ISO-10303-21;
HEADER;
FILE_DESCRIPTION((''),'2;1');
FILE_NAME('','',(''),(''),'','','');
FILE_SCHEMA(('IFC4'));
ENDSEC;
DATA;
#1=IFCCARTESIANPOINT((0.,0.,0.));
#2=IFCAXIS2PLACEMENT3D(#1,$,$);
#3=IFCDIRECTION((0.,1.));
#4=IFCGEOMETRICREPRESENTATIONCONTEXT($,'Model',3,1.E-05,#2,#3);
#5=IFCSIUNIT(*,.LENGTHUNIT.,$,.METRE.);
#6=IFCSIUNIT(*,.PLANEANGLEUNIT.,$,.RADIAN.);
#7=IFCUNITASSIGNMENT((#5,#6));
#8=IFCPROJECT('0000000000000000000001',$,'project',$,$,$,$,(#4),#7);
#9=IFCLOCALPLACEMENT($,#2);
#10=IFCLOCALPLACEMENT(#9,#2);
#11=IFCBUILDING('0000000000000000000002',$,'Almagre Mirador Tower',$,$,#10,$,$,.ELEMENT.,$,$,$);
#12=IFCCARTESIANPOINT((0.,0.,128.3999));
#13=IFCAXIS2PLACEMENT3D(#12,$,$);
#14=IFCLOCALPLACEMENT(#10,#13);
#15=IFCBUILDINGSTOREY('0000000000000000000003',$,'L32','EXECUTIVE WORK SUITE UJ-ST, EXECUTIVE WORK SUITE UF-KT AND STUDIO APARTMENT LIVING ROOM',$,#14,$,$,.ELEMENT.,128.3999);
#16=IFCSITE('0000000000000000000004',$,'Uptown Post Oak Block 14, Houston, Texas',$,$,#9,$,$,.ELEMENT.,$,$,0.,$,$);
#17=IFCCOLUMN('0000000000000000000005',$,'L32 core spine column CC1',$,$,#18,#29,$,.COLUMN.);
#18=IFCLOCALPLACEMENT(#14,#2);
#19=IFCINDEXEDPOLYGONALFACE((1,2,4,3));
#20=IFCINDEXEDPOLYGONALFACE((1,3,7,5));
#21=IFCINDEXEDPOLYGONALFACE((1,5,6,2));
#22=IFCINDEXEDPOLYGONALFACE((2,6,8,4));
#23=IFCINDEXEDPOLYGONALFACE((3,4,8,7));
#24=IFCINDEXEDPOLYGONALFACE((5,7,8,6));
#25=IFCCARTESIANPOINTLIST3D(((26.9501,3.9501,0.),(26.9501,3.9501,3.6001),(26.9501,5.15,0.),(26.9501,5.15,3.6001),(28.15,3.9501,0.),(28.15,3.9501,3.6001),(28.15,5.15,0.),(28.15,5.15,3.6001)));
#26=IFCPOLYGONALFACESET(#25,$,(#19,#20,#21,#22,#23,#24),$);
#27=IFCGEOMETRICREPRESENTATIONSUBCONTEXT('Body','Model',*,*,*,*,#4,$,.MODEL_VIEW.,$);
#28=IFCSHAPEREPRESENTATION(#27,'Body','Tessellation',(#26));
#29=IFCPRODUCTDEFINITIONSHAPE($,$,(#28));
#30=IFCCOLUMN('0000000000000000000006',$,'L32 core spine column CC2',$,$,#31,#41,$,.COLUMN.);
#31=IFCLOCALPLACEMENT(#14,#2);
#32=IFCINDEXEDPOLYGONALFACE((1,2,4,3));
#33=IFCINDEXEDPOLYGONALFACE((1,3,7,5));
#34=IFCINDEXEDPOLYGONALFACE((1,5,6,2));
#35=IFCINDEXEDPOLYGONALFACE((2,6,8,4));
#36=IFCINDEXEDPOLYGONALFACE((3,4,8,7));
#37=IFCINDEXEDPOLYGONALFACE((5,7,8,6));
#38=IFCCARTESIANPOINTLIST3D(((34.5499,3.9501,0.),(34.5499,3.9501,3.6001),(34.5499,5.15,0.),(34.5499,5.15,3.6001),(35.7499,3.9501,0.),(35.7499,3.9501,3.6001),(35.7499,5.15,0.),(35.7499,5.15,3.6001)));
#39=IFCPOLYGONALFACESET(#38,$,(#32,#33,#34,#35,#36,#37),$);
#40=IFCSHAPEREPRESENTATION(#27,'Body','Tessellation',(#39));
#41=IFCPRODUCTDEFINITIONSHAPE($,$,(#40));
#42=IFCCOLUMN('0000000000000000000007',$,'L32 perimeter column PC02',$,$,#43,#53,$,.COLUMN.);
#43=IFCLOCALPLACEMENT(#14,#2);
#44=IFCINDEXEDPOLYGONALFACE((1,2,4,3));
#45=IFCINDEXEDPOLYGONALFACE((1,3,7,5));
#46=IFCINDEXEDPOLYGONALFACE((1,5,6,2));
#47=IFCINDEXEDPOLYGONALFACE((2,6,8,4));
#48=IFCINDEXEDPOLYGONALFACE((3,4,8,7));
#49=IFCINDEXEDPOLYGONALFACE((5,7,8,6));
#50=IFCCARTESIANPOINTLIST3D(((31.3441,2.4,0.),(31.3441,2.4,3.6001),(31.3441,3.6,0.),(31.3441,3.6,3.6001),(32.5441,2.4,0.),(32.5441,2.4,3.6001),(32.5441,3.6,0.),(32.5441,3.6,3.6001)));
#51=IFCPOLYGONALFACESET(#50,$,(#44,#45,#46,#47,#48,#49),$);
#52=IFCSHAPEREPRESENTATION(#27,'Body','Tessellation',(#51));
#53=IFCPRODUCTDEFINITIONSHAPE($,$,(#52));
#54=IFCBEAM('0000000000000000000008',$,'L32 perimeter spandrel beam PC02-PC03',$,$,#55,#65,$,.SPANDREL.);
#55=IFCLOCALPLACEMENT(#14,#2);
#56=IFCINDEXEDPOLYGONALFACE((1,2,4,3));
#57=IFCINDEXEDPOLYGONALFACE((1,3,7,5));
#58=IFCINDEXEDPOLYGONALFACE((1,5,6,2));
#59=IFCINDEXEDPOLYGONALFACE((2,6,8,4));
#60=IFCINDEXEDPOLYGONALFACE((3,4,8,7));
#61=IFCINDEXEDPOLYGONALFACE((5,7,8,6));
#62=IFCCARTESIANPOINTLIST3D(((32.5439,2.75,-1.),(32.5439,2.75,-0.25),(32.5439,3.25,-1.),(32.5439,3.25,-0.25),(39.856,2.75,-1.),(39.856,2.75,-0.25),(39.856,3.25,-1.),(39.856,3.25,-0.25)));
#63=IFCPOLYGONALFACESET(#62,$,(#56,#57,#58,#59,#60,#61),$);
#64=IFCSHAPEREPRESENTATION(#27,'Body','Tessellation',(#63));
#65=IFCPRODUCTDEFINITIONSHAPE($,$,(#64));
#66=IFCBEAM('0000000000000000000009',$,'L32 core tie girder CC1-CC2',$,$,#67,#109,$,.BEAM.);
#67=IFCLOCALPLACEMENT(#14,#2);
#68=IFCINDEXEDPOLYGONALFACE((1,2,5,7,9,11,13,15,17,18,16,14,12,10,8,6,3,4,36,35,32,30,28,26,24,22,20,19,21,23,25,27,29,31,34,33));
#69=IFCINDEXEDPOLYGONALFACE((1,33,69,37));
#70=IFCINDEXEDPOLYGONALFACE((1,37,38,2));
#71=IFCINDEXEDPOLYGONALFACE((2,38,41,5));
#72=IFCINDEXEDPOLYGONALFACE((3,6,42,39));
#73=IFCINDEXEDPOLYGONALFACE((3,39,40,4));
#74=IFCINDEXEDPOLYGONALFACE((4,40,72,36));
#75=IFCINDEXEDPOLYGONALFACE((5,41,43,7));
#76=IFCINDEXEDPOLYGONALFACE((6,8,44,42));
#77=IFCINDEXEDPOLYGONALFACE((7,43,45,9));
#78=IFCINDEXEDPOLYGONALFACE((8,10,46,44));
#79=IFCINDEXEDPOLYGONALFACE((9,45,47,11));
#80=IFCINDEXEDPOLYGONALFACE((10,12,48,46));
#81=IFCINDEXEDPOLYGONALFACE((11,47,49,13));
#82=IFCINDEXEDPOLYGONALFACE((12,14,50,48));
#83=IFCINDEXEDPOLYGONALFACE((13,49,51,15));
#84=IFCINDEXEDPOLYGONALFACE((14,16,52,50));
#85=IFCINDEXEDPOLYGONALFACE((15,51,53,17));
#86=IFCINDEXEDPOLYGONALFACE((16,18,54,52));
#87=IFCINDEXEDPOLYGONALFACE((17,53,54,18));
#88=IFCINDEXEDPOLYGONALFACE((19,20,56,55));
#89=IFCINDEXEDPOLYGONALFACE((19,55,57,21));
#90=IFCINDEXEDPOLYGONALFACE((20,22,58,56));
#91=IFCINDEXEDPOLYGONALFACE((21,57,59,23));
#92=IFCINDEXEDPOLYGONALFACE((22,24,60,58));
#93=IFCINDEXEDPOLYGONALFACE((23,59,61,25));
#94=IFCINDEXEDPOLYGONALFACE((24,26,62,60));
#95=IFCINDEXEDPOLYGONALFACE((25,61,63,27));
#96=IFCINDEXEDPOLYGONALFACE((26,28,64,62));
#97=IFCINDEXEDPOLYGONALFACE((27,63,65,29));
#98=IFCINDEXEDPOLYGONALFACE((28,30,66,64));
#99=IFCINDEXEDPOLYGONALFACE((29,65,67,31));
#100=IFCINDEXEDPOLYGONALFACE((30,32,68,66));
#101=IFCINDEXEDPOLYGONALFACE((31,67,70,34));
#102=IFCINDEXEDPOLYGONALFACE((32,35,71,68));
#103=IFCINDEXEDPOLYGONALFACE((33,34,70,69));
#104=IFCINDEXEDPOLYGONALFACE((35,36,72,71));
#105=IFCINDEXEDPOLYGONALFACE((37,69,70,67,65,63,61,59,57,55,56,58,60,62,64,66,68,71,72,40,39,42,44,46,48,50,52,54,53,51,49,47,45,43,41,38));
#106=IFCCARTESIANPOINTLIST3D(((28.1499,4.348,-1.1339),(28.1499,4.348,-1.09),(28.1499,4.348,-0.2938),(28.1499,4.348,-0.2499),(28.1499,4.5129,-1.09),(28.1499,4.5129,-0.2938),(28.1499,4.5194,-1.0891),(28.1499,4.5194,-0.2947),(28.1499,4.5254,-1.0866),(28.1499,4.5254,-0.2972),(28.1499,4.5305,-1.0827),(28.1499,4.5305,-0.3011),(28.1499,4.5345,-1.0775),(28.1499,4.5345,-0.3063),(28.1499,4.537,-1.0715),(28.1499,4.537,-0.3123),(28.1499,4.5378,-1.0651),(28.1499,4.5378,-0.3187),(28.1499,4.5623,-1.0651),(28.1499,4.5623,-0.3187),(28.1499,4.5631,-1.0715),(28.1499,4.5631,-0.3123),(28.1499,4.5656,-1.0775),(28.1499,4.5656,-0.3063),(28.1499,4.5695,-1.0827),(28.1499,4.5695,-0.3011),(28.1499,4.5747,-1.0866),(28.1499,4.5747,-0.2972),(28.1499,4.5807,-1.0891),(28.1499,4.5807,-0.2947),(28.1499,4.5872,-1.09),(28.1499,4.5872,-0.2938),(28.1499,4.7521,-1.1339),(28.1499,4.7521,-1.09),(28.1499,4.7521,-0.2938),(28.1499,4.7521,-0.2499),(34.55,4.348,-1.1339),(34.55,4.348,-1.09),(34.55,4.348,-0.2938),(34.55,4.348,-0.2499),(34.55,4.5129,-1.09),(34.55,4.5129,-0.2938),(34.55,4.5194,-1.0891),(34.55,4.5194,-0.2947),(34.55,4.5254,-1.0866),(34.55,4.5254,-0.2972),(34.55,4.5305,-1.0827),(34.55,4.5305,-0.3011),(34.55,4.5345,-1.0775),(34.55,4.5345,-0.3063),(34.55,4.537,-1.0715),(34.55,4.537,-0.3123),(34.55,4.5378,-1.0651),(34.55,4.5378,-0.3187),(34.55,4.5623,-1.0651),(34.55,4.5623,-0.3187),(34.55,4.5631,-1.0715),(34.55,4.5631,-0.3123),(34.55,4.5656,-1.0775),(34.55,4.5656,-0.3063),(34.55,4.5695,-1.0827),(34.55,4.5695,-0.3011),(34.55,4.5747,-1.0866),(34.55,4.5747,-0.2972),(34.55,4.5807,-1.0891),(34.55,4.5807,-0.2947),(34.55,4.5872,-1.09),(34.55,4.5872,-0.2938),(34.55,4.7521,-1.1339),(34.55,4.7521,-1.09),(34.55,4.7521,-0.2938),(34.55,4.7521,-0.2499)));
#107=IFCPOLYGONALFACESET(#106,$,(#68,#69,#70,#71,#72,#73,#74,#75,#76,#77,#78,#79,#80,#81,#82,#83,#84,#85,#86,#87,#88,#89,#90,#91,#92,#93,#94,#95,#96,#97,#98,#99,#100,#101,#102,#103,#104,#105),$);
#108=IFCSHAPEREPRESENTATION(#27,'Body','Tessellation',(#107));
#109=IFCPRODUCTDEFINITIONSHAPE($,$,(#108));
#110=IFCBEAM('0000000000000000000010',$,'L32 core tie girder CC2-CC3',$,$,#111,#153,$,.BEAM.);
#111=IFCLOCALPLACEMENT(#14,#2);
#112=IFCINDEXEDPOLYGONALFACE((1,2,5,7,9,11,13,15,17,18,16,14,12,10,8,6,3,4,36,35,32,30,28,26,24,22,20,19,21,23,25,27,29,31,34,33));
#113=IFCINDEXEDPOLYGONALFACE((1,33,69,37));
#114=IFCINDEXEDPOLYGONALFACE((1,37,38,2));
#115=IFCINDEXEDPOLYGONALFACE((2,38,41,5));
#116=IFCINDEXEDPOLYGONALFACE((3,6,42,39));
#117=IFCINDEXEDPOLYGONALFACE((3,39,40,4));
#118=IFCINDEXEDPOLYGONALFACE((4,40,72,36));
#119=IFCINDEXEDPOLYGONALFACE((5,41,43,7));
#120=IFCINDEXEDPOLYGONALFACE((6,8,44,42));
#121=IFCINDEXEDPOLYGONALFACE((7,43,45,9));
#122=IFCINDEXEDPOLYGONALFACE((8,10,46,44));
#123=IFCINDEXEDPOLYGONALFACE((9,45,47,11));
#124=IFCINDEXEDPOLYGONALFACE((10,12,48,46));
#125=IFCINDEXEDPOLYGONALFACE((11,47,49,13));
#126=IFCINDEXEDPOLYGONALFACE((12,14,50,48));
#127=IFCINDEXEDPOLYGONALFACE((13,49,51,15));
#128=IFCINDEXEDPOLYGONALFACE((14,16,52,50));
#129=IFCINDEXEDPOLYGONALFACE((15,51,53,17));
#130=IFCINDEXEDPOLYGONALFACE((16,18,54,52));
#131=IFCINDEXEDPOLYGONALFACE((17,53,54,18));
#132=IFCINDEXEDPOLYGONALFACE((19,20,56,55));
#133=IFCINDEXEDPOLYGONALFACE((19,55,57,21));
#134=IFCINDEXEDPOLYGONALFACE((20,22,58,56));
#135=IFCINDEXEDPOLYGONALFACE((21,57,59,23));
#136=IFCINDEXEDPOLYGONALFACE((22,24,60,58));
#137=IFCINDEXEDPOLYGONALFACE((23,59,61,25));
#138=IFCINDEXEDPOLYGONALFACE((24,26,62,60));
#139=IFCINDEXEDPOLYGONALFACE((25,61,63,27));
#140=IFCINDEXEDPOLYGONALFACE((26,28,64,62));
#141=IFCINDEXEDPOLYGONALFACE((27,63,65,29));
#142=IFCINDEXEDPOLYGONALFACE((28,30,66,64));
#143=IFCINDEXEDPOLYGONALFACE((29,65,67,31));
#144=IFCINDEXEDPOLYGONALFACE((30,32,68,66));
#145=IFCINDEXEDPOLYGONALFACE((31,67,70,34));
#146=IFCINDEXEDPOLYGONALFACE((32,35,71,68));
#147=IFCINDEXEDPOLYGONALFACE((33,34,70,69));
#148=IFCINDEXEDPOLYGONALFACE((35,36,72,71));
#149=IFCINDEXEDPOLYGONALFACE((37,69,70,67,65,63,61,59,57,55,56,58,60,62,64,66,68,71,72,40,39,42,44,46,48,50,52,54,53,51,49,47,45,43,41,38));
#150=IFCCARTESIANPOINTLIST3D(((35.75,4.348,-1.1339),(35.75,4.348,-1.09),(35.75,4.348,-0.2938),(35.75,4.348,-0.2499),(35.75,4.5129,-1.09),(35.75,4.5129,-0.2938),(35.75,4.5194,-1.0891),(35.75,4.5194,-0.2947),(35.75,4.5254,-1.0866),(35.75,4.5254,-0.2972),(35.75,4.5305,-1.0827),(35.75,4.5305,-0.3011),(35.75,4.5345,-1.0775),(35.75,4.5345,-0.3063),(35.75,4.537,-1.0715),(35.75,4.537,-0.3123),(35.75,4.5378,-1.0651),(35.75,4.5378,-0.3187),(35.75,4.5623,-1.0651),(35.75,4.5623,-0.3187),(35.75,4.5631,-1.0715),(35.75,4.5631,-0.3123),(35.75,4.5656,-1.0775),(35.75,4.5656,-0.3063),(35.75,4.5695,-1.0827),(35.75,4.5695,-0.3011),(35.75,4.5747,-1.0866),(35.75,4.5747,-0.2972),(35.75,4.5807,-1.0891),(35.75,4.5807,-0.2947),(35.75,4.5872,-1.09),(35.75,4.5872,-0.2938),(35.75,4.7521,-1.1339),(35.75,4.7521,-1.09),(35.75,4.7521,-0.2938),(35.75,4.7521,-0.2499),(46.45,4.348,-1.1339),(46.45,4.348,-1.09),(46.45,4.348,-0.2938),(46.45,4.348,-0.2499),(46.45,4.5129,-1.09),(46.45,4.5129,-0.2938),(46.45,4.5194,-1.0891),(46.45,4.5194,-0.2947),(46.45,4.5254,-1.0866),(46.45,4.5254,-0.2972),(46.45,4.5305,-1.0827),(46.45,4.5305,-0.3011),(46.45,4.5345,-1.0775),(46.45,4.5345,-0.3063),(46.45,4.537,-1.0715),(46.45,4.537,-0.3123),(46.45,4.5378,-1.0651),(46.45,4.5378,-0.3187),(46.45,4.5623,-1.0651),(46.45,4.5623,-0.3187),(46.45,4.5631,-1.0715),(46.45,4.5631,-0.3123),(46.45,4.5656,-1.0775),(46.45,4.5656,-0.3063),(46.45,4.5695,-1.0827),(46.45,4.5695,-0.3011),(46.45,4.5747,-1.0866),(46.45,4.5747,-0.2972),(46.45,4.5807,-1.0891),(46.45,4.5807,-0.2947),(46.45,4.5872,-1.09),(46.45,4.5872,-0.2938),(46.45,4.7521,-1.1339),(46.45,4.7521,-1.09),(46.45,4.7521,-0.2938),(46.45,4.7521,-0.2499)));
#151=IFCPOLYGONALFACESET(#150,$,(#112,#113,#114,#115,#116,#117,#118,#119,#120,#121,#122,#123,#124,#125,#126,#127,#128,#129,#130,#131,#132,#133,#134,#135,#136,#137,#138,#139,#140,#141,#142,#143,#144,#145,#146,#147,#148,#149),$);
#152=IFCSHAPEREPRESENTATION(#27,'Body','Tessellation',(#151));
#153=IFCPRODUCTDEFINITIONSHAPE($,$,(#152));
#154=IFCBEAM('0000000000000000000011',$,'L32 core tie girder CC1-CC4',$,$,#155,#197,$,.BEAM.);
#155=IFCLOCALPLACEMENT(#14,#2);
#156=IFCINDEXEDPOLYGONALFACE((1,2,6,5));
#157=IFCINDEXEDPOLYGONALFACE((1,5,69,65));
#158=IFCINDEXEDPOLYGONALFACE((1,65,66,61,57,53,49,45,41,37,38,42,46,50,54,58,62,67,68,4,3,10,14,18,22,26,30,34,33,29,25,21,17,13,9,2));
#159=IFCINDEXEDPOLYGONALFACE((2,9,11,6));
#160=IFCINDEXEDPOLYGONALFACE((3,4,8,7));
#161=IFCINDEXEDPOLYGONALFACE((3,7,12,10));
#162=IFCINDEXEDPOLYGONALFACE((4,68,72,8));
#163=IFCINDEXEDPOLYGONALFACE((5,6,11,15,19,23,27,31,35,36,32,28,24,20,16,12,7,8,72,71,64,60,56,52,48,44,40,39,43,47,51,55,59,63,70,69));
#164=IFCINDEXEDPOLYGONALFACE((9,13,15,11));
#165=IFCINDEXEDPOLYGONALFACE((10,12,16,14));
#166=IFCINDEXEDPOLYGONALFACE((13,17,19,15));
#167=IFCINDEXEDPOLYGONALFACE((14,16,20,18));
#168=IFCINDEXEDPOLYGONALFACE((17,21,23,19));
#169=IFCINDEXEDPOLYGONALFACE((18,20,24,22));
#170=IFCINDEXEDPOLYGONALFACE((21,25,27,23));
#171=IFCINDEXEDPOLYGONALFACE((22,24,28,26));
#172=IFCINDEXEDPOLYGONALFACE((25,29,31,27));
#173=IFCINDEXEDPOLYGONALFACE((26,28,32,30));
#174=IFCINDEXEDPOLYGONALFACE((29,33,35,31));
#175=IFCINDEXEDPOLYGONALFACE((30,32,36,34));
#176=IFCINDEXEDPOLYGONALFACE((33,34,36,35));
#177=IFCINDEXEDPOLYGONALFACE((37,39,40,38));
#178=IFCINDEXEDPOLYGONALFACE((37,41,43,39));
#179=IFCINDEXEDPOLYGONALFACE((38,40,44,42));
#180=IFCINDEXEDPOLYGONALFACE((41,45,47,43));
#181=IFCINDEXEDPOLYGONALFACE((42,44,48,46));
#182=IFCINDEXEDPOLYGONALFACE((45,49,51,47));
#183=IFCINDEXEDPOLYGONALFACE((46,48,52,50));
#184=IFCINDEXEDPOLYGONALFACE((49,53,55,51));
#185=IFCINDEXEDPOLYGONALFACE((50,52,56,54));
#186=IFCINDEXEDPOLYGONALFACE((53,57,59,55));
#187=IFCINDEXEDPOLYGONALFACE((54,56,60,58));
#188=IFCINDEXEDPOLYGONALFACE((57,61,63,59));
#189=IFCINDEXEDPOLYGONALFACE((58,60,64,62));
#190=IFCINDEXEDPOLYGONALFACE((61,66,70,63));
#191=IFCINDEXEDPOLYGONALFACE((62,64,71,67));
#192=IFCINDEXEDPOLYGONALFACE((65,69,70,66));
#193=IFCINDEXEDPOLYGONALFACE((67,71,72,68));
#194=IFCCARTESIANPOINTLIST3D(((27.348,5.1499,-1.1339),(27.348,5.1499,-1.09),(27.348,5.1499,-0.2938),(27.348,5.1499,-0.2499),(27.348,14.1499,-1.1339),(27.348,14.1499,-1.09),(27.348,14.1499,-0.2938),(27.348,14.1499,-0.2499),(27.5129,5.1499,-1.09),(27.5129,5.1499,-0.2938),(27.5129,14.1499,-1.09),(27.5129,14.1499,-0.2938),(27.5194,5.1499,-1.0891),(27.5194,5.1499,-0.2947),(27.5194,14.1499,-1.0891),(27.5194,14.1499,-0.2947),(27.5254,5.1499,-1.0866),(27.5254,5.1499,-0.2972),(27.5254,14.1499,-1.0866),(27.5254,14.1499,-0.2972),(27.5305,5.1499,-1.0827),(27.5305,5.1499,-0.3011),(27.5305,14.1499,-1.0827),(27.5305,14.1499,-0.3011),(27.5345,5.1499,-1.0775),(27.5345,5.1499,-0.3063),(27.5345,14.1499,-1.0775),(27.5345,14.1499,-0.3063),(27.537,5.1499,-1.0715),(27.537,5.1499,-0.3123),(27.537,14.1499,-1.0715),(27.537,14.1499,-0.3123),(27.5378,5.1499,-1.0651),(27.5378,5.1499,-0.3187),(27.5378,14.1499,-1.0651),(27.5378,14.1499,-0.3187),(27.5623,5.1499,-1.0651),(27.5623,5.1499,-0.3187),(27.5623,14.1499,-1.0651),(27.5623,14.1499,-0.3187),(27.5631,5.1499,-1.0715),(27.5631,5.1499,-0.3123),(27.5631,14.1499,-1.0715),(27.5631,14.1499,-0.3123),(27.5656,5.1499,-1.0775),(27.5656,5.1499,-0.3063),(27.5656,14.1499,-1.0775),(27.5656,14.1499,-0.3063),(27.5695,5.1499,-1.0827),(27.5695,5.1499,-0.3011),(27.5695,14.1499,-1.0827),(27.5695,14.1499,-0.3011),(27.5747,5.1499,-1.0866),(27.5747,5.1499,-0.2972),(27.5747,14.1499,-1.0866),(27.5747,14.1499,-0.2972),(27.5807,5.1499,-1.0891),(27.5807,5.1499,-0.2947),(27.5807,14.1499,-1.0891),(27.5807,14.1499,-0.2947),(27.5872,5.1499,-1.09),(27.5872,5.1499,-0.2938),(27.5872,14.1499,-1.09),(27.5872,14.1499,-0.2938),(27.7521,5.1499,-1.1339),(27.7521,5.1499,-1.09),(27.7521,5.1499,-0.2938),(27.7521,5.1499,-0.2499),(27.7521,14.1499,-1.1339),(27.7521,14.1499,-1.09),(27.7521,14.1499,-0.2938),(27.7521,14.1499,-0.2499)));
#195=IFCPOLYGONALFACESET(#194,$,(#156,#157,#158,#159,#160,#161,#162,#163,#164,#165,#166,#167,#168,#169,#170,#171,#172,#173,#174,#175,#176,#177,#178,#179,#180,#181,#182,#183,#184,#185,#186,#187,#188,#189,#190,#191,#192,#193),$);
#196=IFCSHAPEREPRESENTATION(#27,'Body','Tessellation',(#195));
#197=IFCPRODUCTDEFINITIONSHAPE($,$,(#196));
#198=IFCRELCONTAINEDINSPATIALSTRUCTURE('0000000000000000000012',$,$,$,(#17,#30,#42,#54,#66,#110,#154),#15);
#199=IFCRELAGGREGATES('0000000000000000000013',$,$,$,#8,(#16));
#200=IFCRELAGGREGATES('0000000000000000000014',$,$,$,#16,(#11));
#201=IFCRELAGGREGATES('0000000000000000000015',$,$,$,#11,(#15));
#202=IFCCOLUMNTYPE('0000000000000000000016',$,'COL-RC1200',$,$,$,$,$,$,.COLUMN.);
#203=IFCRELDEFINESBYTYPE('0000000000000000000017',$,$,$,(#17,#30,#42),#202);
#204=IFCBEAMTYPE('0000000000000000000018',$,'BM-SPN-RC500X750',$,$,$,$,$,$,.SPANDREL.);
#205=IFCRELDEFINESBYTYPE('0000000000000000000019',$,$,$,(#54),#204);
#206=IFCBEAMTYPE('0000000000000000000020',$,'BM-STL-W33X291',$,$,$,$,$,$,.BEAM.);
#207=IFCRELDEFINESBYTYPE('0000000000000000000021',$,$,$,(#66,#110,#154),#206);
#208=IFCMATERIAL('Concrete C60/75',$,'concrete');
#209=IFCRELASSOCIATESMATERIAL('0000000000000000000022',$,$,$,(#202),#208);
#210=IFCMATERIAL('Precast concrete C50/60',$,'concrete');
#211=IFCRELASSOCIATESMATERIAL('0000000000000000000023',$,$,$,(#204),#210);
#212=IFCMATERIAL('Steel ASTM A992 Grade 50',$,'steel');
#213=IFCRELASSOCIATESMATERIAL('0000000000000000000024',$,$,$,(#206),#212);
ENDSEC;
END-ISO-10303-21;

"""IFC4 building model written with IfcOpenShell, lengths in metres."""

from ifc_helpers import new_model, si_unit, direction, frame, origin, origin_2d, place, context, subcontext, project, spatial, rectangle, i_section, extrude, material, material_profile, profile_set, type_object, element, save


model = new_model("IFC4")

# Units and contexts
model_context = context("Model", 3, precision=1e-05, world=origin(), true_north=direction((0.0, 1.0)))
body_context = subcontext(model_context, "Body", "Model", "MODEL_VIEW")
ifc_project = project(units=[si_unit("LENGTHUNIT", "METRE"), si_unit("PLANEANGLEUNIT", "RADIAN")], contexts=[model_context])

# Site, building, storey
site_placement = place(None, origin())
site = spatial("IfcSite", under=ifc_project, at=site_placement, Name="Uptown Post Oak Block 14, Houston, Texas", CompositionType="ELEMENT", RefElevation=0.0)
building_placement = place(site_placement, origin())
building = spatial("IfcBuilding", under=site, at=building_placement, Name="Almagre Mirador Tower", CompositionType="ELEMENT")
storey_placement = place(building_placement, frame((0.0, 0.0, 128.3999)))
storey = spatial("IfcBuildingStorey", under=building, at=storey_placement, Name="L32", Description="EXECUTIVE WORK SUITE UJ-ST, EXECUTIVE WORK SUITE UF-KT AND STUDIO APARTMENT LIVING ROOM", CompositionType="ELEMENT", Elevation=128.3999)

# Columns
ifc_material_1 = material(Name="Concrete C60/75", Category="concrete")
ifc_material_profile_1 = material_profile(ifc_material_1, rectangle(XDim=1.2, YDim=1.2, at=origin_2d()), Name="RC1200X1200")
ifc_profile_set_1 = profile_set([ifc_material_profile_1], Name="Concrete C60/75")
column_type = type_object("IfcColumnType", Name="COL-RC1200", PredefinedType="COLUMN", material=ifc_profile_set_1)
for number, where, z_axis, x_axis, name in (
    (1, (27.55, 4.55, 0.0), (0.0, 0.0, 1.0), (1.0, 0.0, 0.0), "L32 core spine column CC1"),
    (2, (35.1499, 4.55, 0.0), (0.0, 0.0, 1.0), (1.0, 0.0, 0.0), "L32 core spine column CC2"),
    (3, (31.9441, 3.0, 0.0), (0.0, 0.0, 1.0), (1.0, 0.0, 0.0), "L32 perimeter column PC02"),
):
    element("IfcColumn", number, at=place(storey_placement, frame(where, z_axis=z_axis, x_axis=x_axis)), inside=storey, type_object=column_type, Name=name, PredefinedType="COLUMN", context=body_context, shape_type="SweptSolid", body=[
        extrude(rectangle(XDim=1.2, YDim=1.2, at=origin_2d()), origin(), (0.0, 0.0, 1.0), 3.6001),
    ])

# Beams
ifc_material_2 = material(Name="Precast concrete C50/60", Category="concrete")
ifc_material_profile_2 = material_profile(ifc_material_2, rectangle(XDim=0.5, YDim=0.75, at=origin_2d()), Name="RC500X750")
ifc_profile_set_2 = profile_set([ifc_material_profile_2], Name="Precast concrete C50/60")
beam_type_1 = type_object("IfcBeamType", Name="BM-SPN-RC500X750", PredefinedType="SPANDREL", material=ifc_profile_set_2)
beam_1_placement = place(storey_placement, frame((32.5439, 3.0, -0.625), z_axis=(1.0, 0.0, 0.0), x_axis=(0.0, 1.0, 0.0)))
element("IfcBeam", 4, at=beam_1_placement, inside=storey, type_object=beam_type_1, Name="L32 perimeter spandrel beam PC02-PC03", PredefinedType="SPANDREL", context=body_context, shape_type="SweptSolid", body=[
    extrude(rectangle(XDim=0.5, YDim=0.75, at=origin_2d()), origin(), (0.0, 0.0, 1.0), 7.312),
])
ifc_material_3 = material(Name="Steel ASTM A992 Grade 50", Category="steel")
ifc_material_profile_3 = material_profile(ifc_material_3, i_section(OverallWidth=0.4041, OverallDepth=0.884, WebThickness=0.0244, FlangeThickness=0.0439, FilletRadius=0.0249, at=origin_2d()), Name="W33X291")
ifc_profile_set_3 = profile_set([ifc_material_profile_3], Name="Steel ASTM A992 Grade 50")
beam_type_2 = type_object("IfcBeamType", Name="BM-STL-W33X291", PredefinedType="BEAM", material=ifc_profile_set_3)
beam_2_placement = place(storey_placement, frame((28.1499, 4.55, -0.6919), z_axis=(1.0, 0.0, 0.0), x_axis=(0.0, 1.0, 0.0)))
element("IfcBeam", 5, at=beam_2_placement, inside=storey, type_object=beam_type_2, Name="L32 core tie girder CC1-CC2", PredefinedType="BEAM", context=body_context, shape_type="SweptSolid", body=[
    extrude(i_section(OverallWidth=0.4041, OverallDepth=0.884, WebThickness=0.0244, FlangeThickness=0.0439, FilletRadius=0.0249, at=origin_2d()), origin(), (0.0, 0.0, 1.0), 6.4001),
])
beam_3_placement = place(storey_placement, frame((35.75, 4.55, -0.6919), z_axis=(1.0, 0.0, 0.0), x_axis=(0.0, 1.0, 0.0)))
element("IfcBeam", 6, at=beam_3_placement, inside=storey, type_object=beam_type_2, Name="L32 core tie girder CC2-CC3", PredefinedType="BEAM", context=body_context, shape_type="SweptSolid", body=[
    extrude(i_section(OverallWidth=0.4041, OverallDepth=0.884, WebThickness=0.0244, FlangeThickness=0.0439, FilletRadius=0.0249, at=origin_2d()), origin(), (0.0, 0.0, 1.0), 10.7),
])
beam_4_placement = place(storey_placement, frame((27.55, 5.1499, -0.6919), z_axis=(0.0, 1.0, 0.0), x_axis=(-1.0, 0.0, 0.0)))
element("IfcBeam", 7, at=beam_4_placement, inside=storey, type_object=beam_type_2, Name="L32 core tie girder CC1-CC4", PredefinedType="BEAM", context=body_context, shape_type="SweptSolid", body=[
    extrude(i_section(OverallWidth=0.4041, OverallDepth=0.884, WebThickness=0.0244, FlangeThickness=0.0439, FilletRadius=0.0249, at=origin_2d()), origin(), (0.0, 0.0, 1.0), 9.0),
])

save(model, "model.ifc")
